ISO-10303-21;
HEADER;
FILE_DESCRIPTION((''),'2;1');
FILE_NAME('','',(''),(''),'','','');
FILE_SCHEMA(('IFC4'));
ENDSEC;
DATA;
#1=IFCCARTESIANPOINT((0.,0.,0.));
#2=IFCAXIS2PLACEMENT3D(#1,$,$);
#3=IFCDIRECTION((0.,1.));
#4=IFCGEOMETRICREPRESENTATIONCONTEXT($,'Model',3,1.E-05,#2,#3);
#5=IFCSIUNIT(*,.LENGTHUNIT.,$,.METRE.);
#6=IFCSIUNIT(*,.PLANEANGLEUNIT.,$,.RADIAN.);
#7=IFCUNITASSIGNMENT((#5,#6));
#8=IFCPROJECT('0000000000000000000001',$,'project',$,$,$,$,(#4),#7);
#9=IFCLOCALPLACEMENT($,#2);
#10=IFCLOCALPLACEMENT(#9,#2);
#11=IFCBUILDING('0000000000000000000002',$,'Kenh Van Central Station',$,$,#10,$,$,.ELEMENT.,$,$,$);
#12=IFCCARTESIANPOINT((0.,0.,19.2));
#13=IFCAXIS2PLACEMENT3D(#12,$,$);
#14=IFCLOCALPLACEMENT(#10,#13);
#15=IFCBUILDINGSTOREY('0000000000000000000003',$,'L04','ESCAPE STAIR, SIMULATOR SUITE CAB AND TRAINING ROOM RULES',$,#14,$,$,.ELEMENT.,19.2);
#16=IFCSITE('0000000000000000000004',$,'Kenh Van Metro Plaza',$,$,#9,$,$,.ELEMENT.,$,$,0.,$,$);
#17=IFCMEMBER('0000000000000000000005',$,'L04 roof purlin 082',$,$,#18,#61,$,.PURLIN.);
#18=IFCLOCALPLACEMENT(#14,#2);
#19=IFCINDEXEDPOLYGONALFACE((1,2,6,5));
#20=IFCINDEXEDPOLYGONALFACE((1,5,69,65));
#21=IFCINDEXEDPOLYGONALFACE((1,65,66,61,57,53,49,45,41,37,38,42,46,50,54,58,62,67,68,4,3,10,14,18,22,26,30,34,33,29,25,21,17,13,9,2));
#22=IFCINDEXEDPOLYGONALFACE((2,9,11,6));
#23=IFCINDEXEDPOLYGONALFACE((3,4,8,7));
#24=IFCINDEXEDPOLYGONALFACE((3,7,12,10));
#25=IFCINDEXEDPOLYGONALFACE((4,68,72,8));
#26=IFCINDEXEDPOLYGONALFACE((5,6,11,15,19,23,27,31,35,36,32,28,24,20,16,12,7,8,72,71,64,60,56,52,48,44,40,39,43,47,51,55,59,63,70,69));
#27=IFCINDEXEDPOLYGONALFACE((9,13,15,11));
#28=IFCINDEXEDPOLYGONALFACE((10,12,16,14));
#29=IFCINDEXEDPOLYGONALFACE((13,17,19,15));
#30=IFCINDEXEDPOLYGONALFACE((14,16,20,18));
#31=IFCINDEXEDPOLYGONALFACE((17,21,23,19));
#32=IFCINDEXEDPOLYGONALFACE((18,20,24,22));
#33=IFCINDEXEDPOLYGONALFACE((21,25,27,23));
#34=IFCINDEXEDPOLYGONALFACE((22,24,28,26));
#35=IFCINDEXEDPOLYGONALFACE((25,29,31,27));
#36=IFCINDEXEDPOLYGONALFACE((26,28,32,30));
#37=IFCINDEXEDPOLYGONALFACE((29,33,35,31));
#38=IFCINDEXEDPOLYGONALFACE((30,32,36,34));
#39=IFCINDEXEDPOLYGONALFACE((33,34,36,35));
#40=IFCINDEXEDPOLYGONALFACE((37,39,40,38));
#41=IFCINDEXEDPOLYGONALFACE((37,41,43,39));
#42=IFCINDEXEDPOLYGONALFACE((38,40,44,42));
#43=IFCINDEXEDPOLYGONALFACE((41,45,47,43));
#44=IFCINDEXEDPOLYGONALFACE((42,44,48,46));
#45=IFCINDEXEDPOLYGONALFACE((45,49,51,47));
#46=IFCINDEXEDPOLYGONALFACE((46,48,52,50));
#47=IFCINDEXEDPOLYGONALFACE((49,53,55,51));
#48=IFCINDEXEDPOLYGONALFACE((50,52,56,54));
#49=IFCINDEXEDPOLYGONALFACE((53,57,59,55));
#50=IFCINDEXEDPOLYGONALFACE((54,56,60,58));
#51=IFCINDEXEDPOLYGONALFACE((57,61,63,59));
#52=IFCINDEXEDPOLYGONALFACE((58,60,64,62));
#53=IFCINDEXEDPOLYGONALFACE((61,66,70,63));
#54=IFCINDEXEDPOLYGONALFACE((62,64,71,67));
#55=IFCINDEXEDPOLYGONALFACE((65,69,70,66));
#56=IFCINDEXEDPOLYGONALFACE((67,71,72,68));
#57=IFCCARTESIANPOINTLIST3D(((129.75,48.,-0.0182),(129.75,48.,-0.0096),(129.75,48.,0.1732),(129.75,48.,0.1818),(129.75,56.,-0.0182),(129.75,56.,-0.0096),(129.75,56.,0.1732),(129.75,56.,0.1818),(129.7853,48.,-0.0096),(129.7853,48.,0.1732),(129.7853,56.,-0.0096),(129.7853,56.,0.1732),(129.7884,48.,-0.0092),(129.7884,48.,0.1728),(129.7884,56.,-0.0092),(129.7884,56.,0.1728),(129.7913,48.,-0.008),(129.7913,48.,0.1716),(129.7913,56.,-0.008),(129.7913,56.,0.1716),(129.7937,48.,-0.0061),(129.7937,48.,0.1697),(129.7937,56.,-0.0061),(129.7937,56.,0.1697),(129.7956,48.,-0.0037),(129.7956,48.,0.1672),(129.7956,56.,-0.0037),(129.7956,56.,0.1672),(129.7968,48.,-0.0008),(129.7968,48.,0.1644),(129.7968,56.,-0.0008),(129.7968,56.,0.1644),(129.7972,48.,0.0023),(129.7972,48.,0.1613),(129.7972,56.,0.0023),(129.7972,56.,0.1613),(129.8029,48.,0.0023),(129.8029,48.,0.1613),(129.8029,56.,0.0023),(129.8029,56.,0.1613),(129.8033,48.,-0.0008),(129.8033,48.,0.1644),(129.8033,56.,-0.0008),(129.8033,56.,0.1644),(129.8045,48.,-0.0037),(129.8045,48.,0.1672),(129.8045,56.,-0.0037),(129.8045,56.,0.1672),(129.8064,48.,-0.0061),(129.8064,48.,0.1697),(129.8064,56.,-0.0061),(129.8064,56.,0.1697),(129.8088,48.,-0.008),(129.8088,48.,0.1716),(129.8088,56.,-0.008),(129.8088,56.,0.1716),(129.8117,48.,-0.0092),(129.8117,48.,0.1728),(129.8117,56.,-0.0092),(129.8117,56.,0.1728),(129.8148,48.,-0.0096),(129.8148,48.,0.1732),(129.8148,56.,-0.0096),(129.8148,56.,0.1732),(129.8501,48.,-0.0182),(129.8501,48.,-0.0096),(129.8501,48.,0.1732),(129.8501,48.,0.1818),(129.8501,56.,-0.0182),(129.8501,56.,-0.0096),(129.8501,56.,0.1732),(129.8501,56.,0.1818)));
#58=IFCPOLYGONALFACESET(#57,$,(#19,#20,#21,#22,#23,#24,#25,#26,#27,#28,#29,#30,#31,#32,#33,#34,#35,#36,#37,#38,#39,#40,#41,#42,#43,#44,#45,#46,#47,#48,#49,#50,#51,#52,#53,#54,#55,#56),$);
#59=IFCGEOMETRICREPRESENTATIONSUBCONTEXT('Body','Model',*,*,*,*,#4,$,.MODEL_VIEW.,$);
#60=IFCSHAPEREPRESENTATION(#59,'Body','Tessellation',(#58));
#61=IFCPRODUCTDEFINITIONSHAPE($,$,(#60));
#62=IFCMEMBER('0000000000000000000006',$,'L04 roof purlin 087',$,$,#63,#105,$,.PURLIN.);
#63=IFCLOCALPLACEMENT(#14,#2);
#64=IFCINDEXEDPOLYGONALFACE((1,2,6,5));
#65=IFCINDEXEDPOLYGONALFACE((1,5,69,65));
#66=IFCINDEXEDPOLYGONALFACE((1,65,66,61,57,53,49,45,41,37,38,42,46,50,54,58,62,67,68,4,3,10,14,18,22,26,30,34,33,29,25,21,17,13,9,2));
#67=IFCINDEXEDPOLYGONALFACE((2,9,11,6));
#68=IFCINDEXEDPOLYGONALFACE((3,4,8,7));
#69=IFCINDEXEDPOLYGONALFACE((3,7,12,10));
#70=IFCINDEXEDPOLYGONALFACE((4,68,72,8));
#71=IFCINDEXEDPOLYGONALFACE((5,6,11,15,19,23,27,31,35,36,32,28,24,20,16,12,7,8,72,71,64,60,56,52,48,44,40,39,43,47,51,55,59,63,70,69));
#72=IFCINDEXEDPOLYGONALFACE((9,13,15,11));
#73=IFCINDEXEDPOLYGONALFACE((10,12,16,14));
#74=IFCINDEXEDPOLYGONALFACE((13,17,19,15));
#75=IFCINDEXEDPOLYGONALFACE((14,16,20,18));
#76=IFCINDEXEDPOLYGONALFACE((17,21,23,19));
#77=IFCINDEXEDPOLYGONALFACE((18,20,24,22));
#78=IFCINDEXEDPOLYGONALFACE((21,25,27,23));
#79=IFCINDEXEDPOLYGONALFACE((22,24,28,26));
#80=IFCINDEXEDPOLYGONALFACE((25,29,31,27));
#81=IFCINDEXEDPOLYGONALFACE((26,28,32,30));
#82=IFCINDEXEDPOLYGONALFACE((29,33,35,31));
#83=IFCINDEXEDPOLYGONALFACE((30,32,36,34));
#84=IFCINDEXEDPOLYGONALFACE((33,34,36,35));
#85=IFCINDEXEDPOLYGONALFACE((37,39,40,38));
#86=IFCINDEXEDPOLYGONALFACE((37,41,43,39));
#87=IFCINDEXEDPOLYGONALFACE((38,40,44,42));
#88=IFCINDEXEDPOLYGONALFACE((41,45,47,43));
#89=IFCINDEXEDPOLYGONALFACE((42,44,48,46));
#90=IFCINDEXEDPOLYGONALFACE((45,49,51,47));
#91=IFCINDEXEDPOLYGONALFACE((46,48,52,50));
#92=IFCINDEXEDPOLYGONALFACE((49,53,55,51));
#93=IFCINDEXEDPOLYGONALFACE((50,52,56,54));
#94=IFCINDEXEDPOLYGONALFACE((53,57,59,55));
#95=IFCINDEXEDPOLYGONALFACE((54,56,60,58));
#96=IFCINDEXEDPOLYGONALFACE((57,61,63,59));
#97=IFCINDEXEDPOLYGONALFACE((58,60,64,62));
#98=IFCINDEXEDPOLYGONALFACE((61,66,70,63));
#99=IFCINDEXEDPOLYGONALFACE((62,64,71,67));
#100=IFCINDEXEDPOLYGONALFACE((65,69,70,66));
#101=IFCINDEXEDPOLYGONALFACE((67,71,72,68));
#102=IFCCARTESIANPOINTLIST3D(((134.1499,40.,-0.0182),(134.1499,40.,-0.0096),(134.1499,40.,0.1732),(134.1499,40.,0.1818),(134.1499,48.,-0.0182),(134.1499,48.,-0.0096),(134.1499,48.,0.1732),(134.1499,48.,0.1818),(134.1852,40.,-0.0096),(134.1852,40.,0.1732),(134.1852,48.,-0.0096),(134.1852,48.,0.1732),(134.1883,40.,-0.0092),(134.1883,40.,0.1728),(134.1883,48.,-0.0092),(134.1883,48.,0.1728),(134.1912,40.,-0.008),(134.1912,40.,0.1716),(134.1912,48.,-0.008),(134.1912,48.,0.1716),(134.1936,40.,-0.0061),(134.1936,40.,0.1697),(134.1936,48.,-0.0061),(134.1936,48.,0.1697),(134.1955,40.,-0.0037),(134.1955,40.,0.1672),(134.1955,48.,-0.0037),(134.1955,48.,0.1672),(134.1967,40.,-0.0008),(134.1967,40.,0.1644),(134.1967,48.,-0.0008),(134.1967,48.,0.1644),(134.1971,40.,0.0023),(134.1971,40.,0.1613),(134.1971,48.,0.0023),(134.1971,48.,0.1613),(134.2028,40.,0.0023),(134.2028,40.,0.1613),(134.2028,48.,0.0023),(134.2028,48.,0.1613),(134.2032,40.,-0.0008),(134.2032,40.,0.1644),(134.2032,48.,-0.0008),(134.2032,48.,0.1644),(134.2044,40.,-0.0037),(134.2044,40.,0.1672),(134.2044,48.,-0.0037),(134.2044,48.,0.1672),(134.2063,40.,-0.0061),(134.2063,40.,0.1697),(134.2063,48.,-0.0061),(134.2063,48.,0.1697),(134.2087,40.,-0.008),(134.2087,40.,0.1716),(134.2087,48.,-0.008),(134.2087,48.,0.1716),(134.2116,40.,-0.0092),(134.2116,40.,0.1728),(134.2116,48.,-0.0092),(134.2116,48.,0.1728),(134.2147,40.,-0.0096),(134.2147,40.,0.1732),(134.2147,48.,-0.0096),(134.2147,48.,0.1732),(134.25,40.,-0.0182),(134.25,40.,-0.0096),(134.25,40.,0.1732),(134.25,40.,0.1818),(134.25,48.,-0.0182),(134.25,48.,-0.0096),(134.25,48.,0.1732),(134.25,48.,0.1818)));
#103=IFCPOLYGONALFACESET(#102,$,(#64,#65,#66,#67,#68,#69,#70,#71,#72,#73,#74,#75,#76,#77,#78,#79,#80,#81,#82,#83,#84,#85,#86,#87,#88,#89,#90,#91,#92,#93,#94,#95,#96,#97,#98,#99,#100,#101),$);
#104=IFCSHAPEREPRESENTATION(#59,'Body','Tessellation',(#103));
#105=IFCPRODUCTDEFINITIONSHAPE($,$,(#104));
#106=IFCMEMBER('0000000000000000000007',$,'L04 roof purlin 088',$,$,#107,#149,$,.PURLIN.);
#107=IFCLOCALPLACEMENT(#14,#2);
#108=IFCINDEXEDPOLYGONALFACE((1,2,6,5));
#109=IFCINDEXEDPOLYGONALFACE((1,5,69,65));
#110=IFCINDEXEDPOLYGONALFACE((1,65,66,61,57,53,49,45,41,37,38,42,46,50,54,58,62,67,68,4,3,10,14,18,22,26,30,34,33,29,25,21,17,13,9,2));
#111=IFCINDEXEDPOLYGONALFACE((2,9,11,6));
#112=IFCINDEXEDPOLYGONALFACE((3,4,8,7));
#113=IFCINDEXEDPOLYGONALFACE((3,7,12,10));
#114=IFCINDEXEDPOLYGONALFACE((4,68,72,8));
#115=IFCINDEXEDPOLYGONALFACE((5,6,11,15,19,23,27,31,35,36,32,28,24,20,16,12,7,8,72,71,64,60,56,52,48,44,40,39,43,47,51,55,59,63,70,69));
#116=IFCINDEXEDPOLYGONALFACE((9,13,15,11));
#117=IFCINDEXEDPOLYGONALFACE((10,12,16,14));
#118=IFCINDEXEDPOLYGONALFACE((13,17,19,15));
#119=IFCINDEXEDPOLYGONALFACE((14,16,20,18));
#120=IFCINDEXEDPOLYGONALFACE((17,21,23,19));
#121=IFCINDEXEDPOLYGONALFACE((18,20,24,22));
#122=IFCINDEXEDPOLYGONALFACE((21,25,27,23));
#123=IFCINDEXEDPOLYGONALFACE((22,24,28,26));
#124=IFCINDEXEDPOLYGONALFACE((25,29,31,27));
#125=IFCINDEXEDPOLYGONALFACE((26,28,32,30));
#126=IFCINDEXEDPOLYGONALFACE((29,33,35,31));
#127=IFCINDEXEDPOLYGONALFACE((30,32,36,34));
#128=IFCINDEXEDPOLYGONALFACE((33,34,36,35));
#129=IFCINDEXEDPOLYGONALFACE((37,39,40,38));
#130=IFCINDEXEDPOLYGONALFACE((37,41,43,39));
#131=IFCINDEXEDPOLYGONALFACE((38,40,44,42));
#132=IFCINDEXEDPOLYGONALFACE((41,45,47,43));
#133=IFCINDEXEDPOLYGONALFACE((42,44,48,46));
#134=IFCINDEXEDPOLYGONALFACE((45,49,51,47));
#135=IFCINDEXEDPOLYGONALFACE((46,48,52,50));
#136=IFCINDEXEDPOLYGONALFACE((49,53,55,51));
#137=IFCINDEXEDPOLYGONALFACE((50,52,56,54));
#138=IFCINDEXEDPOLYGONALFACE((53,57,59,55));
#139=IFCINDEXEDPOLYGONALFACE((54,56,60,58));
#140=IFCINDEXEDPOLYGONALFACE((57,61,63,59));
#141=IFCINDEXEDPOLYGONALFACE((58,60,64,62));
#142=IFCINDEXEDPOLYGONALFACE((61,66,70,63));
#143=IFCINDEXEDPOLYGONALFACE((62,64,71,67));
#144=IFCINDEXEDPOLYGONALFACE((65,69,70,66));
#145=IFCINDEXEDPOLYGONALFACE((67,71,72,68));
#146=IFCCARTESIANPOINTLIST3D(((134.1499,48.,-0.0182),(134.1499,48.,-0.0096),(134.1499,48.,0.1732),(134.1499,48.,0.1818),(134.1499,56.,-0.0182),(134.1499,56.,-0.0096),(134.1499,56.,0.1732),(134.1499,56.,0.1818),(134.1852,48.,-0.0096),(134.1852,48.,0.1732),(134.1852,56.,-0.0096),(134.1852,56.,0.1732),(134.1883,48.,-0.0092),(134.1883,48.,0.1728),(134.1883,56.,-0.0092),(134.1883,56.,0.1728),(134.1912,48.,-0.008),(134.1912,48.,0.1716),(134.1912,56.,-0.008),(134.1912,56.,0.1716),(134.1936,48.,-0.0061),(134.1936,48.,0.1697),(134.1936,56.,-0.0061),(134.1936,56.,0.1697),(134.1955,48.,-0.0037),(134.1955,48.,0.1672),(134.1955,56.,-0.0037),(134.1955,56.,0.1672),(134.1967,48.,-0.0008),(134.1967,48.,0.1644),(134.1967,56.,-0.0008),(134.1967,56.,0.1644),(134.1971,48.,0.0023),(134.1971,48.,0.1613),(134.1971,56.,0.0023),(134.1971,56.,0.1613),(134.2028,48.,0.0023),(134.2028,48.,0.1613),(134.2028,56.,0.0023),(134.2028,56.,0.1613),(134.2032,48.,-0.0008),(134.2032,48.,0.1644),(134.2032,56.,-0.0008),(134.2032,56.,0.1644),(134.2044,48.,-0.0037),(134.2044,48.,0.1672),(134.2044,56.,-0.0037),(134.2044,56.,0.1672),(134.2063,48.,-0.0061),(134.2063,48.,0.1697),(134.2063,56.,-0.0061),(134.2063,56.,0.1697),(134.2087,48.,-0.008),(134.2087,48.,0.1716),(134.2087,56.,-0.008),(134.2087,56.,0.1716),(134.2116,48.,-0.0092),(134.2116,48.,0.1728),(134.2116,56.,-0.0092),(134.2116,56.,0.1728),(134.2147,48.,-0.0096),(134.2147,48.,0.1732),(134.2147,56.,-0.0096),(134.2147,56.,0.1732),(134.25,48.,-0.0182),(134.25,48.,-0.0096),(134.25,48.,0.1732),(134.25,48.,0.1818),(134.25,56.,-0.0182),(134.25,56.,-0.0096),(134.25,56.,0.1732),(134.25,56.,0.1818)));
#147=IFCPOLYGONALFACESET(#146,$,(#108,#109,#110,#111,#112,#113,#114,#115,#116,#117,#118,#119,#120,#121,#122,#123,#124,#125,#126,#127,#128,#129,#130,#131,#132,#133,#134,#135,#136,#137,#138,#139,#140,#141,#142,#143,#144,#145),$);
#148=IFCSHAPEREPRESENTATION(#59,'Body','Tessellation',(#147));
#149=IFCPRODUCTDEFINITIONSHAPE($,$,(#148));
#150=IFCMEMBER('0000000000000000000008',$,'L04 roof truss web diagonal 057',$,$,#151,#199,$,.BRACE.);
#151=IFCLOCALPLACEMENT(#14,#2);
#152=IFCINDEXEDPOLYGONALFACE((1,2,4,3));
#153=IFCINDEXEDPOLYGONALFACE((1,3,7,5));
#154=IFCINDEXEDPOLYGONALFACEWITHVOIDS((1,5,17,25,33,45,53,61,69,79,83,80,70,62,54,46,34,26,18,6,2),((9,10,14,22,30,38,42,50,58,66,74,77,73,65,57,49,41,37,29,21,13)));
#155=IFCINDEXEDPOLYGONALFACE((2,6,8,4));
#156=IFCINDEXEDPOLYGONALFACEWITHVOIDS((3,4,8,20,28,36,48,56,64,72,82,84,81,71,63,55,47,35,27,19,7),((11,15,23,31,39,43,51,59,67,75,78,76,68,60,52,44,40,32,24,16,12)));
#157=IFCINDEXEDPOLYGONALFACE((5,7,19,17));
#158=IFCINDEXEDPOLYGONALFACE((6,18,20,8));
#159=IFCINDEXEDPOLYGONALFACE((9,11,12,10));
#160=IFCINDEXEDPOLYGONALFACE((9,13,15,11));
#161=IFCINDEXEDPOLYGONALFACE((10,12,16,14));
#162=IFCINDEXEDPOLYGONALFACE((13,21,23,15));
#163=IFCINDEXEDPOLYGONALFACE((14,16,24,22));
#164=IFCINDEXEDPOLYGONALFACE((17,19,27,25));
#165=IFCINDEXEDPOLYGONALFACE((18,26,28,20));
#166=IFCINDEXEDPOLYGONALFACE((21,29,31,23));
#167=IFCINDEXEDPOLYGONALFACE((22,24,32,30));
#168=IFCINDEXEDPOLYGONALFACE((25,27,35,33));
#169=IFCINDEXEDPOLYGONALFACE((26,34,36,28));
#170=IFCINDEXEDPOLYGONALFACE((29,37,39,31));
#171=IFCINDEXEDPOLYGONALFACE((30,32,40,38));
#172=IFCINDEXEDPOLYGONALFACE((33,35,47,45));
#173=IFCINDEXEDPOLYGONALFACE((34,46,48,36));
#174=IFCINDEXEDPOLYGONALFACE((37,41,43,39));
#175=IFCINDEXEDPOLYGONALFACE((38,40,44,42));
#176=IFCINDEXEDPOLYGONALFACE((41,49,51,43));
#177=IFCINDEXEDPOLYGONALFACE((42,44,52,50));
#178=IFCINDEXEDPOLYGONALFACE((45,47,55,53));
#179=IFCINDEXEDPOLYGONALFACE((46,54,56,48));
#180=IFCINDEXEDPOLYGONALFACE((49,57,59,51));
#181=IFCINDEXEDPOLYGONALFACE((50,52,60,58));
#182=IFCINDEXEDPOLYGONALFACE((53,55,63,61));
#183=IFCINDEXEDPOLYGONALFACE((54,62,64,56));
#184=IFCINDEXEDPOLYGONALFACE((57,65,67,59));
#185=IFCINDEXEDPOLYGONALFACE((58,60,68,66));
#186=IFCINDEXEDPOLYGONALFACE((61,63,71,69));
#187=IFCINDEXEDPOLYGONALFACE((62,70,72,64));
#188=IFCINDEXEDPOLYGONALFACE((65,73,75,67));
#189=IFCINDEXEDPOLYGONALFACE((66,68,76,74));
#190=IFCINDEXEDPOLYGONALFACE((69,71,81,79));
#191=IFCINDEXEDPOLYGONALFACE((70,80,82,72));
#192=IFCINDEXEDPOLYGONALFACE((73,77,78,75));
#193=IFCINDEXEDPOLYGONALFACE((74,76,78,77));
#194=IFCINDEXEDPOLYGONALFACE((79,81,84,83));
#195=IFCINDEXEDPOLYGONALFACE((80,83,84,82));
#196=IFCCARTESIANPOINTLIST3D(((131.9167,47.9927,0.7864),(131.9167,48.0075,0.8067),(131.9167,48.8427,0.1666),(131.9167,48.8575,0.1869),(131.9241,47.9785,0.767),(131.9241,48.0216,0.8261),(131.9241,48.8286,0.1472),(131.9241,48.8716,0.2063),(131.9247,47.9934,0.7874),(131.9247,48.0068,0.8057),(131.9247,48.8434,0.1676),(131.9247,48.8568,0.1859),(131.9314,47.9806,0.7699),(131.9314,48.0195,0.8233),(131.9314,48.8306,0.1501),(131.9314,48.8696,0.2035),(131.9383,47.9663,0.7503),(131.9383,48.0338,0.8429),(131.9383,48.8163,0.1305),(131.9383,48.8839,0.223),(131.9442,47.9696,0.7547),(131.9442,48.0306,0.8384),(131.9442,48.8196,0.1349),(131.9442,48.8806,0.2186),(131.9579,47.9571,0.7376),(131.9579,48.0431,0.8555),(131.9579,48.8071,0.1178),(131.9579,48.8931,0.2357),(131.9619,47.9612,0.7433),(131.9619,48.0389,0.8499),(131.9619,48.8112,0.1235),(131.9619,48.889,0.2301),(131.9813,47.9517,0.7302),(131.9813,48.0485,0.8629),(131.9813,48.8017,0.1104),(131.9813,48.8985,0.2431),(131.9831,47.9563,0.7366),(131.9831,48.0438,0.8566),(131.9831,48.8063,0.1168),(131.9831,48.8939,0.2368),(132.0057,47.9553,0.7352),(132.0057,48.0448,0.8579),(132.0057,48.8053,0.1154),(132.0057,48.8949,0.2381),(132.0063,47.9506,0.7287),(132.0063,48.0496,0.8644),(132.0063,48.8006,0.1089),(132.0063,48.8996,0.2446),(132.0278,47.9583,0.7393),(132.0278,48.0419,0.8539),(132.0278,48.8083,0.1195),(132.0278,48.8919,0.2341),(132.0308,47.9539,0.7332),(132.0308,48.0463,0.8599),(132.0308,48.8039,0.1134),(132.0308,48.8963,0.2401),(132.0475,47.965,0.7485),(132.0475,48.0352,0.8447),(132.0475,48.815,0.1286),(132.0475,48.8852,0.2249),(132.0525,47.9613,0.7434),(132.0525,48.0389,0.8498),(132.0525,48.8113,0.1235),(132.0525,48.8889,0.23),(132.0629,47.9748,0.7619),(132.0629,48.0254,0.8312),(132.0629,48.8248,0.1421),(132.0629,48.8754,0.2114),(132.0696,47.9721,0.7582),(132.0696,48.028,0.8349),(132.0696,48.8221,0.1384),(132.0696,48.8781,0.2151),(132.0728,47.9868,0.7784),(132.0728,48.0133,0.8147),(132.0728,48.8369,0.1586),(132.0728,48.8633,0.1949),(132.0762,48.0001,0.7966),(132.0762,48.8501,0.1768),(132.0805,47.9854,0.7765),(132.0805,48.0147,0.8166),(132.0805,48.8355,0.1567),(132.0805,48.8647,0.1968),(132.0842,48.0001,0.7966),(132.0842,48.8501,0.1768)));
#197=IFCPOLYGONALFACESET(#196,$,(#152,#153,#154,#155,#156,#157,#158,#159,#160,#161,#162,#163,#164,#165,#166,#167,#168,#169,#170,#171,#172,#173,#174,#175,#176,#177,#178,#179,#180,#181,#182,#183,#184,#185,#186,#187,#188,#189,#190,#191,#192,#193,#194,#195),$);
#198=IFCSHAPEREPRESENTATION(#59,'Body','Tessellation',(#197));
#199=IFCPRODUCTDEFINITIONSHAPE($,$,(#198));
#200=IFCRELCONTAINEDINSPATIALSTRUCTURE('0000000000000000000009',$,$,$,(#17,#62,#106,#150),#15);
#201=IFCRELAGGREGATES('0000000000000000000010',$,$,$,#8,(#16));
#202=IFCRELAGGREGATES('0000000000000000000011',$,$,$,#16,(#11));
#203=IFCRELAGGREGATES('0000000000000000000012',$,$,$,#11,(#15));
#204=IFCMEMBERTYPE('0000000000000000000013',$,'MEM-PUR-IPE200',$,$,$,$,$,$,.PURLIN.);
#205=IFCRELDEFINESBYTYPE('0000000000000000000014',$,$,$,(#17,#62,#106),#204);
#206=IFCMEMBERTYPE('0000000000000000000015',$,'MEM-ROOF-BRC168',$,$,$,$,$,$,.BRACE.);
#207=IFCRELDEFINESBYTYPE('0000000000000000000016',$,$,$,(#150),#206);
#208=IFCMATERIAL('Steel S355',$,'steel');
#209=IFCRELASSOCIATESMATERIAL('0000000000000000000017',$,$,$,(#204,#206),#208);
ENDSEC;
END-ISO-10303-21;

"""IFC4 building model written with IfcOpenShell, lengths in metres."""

from ifc_helpers import new_model, si_unit, direction, frame, origin, origin_2d, place, context, subcontext, project, spatial, hollow_circle, i_section, extrude, material, material_profile, profile_set, type_object, element, save


model = new_model("IFC4")

# Units and contexts
model_context = context("Model", 3, precision=1e-05, world=origin(), true_north=direction((0.0, 1.0)))
body_context = subcontext(model_context, "Body", "Model", "MODEL_VIEW")
ifc_project = project(units=[si_unit("LENGTHUNIT", "METRE"), si_unit("PLANEANGLEUNIT", "RADIAN")], contexts=[model_context])

# Site, building, storey
site_placement = place(None, origin())
site = spatial("IfcSite", under=ifc_project, at=site_placement, Name="Kenh Van Metro Plaza", CompositionType="ELEMENT", RefElevation=0.0)
building_placement = place(site_placement, origin())
building = spatial("IfcBuilding", under=site, at=building_placement, Name="Kenh Van Central Station", CompositionType="ELEMENT")
storey_placement = place(building_placement, frame((0.0, 0.0, 19.2)))
storey = spatial("IfcBuildingStorey", under=building, at=storey_placement, Name="L04", Description="ESCAPE STAIR, SIMULATOR SUITE CAB AND TRAINING ROOM RULES", CompositionType="ELEMENT", Elevation=19.2)

# Shared definitions
ifc_material_1 = material(Name="Steel S355", Category="steel")

# Members
ifc_material_profile_1 = material_profile(ifc_material_1, i_section(OverallWidth=0.1001, OverallDepth=0.2, WebThickness=0.0056, FlangeThickness=0.0085, FilletRadius=0.012, at=origin_2d()), Name="IPE 200")
ifc_profile_set_1 = profile_set([ifc_material_profile_1], Name="Steel S355")
member_type_1 = type_object("IfcMemberType", Name="MEM-PUR-IPE200", PredefinedType="PURLIN", material=ifc_profile_set_1)
for number, where, z_axis, x_axis, name in (
    (1, (129.8, 48.0, 0.0818), (0.0, 1.0, 0.0), (-1.0, 0.0, 0.0), "L04 roof purlin 082"),
    (2, (134.2, 40.0, 0.0818), (0.0, 1.0, 0.0), (-1.0, 0.0, 0.0), "L04 roof purlin 087"),
    (3, (134.2, 48.0, 0.0818), (0.0, 1.0, 0.0), (-1.0, 0.0, 0.0), "L04 roof purlin 088"),
):
    element("IfcMember", number, at=place(storey_placement, frame(where, z_axis=z_axis, x_axis=x_axis)), inside=storey, type_object=member_type_1, Name=name, PredefinedType="PURLIN", context=body_context, shape_type="SweptSolid", body=[
        extrude(i_section(OverallWidth=0.1001, OverallDepth=0.2, WebThickness=0.0056, FlangeThickness=0.0085, FilletRadius=0.012, at=origin_2d()), origin(), (0.0, 0.0, 1.0), 8.0),
    ])
ifc_material_profile_2 = material_profile(ifc_material_1, hollow_circle(Radius=0.0842, WallThickness=0.0081, at=origin_2d()), Name="CHS 168.3x8")
ifc_profile_set_2 = profile_set([ifc_material_profile_2], Name="Steel S355")
member_type_2 = type_object("IfcMemberType", Name="MEM-ROOF-BRC168", PredefinedType="BRACE", material=ifc_profile_set_2)
for number, where, z_axis, x_axis, name in (
    (4, (132.0, 48.8501, 0.1768), (0.0, -0.808003, 0.589178), (1.0, 0.0, 0.0), "L04 roof truss web diagonal 057"),
):
    element("IfcMember", number, at=place(storey_placement, frame(where, z_axis=z_axis, x_axis=x_axis)), inside=storey, type_object=member_type_2, Name=name, PredefinedType="BRACE", context=body_context, shape_type="SweptSolid", body=[
        extrude(hollow_circle(Radius=0.0842, WallThickness=0.0081, at=origin_2d()), origin(), (0.0, 0.0, 1.0), 1.052),
    ])

save(model, "model.ifc")
